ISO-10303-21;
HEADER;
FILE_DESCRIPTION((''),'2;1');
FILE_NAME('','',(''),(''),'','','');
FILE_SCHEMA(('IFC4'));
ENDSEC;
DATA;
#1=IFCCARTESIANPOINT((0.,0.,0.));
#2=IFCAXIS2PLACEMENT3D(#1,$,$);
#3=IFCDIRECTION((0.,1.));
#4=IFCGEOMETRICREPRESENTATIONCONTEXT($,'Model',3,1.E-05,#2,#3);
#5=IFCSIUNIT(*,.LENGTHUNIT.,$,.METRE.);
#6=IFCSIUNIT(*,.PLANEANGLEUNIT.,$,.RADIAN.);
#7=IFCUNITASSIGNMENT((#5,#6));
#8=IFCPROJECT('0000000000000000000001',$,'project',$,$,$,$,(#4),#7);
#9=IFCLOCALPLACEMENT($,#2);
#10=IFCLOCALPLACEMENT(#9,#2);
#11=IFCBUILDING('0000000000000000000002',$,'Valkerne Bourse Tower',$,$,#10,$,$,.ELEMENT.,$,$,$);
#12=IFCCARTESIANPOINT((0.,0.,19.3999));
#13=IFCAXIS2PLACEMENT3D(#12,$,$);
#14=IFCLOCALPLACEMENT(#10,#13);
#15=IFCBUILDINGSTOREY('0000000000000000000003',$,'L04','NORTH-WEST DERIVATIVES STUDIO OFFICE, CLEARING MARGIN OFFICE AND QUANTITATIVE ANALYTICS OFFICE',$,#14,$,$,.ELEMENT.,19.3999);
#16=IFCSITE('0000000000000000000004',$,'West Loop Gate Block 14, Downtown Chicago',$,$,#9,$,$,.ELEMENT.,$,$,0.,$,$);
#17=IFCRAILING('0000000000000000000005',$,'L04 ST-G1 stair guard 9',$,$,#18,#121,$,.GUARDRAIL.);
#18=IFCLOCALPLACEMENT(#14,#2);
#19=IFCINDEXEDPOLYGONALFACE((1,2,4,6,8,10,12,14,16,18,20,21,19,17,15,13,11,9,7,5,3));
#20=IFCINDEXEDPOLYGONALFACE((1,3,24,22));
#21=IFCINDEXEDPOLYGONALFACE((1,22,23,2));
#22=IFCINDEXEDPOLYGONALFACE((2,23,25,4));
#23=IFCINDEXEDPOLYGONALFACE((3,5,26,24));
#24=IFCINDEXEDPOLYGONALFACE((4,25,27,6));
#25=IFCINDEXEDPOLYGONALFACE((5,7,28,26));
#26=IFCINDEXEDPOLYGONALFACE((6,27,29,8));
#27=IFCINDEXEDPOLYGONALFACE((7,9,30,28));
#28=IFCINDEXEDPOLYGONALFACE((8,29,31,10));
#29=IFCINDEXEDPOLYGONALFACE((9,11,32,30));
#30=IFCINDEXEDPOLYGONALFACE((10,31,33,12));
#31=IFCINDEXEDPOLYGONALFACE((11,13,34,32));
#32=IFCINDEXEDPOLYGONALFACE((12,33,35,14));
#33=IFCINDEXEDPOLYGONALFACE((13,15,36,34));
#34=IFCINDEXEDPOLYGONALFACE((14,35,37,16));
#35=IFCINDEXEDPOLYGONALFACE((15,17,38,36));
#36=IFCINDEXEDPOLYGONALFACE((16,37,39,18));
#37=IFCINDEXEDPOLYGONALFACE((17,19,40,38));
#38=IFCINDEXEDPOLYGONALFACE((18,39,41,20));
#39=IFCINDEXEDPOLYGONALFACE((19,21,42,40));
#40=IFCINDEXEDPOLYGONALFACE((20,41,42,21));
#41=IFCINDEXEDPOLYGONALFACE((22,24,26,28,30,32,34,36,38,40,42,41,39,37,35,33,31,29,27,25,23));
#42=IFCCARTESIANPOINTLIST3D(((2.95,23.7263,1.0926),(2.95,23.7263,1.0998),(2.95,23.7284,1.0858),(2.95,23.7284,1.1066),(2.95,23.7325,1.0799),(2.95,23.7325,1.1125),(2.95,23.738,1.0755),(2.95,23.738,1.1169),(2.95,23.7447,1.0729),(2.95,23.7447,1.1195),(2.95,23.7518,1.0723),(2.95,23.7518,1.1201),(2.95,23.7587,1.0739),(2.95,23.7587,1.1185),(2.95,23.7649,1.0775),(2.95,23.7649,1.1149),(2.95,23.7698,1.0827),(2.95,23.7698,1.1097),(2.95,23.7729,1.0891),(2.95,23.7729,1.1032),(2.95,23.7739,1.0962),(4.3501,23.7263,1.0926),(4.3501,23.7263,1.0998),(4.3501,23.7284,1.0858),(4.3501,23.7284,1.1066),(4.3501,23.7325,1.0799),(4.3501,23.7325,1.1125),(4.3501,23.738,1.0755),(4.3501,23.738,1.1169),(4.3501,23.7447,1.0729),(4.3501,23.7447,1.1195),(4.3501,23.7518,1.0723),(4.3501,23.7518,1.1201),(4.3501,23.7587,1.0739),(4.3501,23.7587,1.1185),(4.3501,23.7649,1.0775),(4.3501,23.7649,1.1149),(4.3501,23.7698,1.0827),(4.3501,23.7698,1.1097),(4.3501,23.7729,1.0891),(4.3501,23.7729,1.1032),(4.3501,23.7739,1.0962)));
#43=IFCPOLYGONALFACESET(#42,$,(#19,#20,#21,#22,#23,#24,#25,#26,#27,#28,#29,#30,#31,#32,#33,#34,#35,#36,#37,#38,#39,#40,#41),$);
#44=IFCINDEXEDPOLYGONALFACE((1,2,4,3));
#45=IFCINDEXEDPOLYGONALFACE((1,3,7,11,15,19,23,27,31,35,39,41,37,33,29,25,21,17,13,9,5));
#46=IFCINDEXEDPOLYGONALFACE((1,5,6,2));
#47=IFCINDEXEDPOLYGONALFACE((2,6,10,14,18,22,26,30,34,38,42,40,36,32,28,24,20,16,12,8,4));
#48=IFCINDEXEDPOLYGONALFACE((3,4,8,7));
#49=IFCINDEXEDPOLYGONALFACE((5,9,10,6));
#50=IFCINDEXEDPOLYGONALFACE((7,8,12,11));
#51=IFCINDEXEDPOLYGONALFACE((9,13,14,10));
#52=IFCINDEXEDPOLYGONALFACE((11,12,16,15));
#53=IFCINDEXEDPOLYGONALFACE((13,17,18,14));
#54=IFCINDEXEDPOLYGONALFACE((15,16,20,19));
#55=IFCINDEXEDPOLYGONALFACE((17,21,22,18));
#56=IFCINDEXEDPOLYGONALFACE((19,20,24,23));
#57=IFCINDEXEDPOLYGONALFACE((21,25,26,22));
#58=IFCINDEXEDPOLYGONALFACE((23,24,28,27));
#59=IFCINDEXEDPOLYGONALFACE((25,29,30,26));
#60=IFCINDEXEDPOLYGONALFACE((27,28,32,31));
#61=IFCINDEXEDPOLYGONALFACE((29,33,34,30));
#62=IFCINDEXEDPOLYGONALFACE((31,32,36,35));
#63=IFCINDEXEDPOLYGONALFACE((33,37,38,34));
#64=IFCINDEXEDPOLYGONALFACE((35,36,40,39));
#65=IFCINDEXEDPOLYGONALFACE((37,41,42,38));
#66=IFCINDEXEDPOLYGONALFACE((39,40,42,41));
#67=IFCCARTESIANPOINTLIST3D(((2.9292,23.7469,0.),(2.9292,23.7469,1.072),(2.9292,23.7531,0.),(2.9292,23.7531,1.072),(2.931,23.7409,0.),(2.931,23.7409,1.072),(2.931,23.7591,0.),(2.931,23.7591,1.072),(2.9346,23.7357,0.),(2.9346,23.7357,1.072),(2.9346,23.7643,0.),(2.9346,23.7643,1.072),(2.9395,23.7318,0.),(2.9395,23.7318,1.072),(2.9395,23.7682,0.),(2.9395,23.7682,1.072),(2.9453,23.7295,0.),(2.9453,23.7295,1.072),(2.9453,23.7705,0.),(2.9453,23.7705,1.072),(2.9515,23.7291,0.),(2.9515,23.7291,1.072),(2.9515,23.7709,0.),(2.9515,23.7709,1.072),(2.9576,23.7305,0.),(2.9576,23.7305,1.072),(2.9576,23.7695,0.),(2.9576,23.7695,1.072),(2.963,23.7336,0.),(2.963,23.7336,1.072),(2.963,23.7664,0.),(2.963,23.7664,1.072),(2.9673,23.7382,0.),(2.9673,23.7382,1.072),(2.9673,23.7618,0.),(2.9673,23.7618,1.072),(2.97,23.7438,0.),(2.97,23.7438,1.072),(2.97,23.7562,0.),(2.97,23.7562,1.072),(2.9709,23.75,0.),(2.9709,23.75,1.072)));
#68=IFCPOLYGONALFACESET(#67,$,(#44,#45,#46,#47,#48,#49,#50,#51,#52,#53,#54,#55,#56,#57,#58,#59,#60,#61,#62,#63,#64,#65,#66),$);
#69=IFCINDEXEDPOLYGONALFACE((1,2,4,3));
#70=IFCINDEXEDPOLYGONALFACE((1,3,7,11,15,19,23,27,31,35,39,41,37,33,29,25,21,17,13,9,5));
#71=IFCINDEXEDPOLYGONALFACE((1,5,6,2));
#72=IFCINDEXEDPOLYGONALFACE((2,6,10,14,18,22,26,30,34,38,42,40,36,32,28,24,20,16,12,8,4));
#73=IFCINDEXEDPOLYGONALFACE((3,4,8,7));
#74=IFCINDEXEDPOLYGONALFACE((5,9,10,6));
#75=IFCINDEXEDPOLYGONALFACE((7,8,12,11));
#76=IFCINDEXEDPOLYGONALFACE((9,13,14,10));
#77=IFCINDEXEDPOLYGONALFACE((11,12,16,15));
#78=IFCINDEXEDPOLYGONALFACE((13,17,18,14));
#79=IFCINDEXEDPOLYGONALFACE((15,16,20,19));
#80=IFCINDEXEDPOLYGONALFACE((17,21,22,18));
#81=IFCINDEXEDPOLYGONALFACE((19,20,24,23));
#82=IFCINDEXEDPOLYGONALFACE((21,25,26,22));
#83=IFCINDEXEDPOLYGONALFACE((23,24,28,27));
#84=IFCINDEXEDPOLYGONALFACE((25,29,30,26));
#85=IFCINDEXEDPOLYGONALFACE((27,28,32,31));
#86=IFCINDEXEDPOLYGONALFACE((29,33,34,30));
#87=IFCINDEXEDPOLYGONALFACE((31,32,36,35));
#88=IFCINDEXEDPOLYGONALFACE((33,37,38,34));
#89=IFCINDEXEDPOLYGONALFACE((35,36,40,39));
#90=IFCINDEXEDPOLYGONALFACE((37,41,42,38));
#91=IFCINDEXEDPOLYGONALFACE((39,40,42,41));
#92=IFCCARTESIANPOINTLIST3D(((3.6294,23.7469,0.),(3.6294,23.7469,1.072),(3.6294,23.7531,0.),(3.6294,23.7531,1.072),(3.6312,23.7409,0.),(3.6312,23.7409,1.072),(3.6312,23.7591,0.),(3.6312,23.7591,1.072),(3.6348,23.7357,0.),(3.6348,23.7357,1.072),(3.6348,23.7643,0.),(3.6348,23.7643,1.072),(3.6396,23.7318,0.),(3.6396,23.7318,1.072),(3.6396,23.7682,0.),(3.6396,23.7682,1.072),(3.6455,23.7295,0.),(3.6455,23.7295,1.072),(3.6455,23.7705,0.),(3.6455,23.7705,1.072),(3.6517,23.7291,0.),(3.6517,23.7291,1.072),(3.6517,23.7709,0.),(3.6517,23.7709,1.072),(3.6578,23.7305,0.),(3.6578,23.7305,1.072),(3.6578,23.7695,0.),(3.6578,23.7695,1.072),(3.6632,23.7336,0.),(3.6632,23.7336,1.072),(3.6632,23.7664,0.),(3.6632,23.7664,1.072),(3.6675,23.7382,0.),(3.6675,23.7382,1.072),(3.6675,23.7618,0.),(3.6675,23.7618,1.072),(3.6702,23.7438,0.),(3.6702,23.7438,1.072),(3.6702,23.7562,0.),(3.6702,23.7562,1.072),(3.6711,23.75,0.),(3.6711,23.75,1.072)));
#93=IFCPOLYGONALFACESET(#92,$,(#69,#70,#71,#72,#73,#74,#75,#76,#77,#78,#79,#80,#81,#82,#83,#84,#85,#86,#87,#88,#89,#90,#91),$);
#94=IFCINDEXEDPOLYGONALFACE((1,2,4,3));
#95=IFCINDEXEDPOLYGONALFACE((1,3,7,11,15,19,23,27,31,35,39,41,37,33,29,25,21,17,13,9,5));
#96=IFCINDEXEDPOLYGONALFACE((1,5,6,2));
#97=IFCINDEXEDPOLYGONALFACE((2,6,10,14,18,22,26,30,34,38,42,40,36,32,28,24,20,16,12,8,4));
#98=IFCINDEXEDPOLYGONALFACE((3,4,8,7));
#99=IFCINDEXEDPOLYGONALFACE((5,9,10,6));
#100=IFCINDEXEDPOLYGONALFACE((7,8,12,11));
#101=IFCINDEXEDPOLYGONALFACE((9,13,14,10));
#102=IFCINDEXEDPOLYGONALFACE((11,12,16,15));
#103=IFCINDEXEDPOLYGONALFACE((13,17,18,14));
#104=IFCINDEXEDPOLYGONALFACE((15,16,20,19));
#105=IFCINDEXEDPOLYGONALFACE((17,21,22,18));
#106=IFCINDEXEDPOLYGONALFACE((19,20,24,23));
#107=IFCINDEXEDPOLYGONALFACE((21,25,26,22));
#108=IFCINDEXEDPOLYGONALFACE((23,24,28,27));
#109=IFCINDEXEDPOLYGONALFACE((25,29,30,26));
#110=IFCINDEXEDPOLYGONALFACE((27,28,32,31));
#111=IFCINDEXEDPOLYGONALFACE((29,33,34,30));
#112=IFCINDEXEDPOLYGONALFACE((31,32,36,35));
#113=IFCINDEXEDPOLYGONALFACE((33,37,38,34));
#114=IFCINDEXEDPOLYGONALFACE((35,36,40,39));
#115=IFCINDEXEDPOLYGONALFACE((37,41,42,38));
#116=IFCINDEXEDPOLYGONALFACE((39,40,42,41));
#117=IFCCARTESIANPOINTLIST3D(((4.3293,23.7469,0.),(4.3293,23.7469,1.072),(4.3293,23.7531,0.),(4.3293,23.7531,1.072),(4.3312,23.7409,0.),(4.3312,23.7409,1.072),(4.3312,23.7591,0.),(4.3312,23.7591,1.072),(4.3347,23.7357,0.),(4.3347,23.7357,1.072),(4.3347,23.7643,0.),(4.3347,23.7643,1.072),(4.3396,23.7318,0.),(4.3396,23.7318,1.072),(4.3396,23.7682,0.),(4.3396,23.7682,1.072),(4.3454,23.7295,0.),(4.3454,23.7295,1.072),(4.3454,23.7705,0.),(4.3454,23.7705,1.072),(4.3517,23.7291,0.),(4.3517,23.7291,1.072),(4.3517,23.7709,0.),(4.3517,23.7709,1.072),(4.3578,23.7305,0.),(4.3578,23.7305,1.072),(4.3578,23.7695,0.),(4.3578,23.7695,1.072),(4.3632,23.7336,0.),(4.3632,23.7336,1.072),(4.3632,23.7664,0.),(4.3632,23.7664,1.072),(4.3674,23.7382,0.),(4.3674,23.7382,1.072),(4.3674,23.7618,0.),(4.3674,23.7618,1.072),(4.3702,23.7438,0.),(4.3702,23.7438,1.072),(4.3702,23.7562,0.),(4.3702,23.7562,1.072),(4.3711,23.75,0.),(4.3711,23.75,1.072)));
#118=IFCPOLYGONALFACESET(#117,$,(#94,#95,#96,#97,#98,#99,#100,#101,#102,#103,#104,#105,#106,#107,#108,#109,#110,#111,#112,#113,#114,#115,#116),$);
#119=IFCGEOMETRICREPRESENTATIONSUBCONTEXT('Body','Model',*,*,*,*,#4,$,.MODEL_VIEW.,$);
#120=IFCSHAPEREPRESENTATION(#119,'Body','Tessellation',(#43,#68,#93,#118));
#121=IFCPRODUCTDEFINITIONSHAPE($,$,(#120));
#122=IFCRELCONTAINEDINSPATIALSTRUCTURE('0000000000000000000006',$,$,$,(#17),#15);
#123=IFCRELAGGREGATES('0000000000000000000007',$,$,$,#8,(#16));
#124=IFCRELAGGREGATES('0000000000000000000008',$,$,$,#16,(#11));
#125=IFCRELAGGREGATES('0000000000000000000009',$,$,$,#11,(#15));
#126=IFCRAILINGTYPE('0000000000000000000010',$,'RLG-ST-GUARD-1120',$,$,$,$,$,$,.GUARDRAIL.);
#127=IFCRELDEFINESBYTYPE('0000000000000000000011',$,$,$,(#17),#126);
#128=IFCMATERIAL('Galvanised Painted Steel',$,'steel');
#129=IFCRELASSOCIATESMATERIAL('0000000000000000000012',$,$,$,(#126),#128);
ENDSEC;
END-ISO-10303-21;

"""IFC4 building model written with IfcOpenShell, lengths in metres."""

from ifc_helpers import new_model, si_unit, direction, frame, origin, origin_2d, place, context, subcontext, project, spatial, circle, extrude, material, type_object, element, save


model = new_model("IFC4")

# Units and contexts
model_context = context("Model", 3, precision=1e-05, world=origin(), true_north=direction((0.0, 1.0)))
body_context = subcontext(model_context, "Body", "Model", "MODEL_VIEW")
ifc_project = project(units=[si_unit("LENGTHUNIT", "METRE"), si_unit("PLANEANGLEUNIT", "RADIAN")], contexts=[model_context])

# Site, building, storey
site_placement = place(None, origin())
site = spatial("IfcSite", under=ifc_project, at=site_placement, Name="West Loop Gate Block 14, Downtown Chicago", CompositionType="ELEMENT", RefElevation=0.0)
building_placement = place(site_placement, origin())
building = spatial("IfcBuilding", under=site, at=building_placement, Name="Valkerne Bourse Tower", CompositionType="ELEMENT")
storey_placement = place(building_placement, frame((0.0, 0.0, 19.3999)))
storey = spatial("IfcBuildingStorey", under=building, at=storey_placement, Name="L04", Description="NORTH-WEST DERIVATIVES STUDIO OFFICE, CLEARING MARGIN OFFICE AND QUANTITATIVE ANALYTICS OFFICE", CompositionType="ELEMENT", Elevation=19.3999)

# Shared definitions
ifc_material_1 = material(Name="Galvanised Painted Steel", Category="steel")

# Railing
railing_type_1 = type_object("IfcRailingType", Name="RLG-ST-GUARD-1120", PredefinedType="GUARDRAIL", material=ifc_material_1)
for number, where, name in (
    (1, (2.95, 23.75, 0.0), "L04 ST-G1 stair guard 9"),
):
    element("IfcRailing", number, at=place(storey_placement, frame(where)), inside=storey, type_object=railing_type_1, Name=name, PredefinedType="GUARDRAIL", context=body_context, shape_type="SweptSolid", body=[
        extrude(circle(Radius=0.0239, at=origin_2d()), frame((0.0, 0.0, 1.0962), z_axis=(1.0, 0.0, 0.0), x_axis=(0.0, 1.0, 0.0)), (0.0, 0.0, 1.0), 1.4001),
        extrude(circle(Radius=0.021, at=origin_2d()), origin(), (0.0, 0.0, 1.0), 1.072),
        extrude(circle(Radius=0.021, at=origin_2d()), frame((0.7002, 0.0, 0.0)), (0.0, 0.0, 1.0), 1.072),
        extrude(circle(Radius=0.021, at=origin_2d()), frame((1.4001, 0.0, 0.0)), (0.0, 0.0, 1.0), 1.072),
    ])

save(model, "model.ifc")
